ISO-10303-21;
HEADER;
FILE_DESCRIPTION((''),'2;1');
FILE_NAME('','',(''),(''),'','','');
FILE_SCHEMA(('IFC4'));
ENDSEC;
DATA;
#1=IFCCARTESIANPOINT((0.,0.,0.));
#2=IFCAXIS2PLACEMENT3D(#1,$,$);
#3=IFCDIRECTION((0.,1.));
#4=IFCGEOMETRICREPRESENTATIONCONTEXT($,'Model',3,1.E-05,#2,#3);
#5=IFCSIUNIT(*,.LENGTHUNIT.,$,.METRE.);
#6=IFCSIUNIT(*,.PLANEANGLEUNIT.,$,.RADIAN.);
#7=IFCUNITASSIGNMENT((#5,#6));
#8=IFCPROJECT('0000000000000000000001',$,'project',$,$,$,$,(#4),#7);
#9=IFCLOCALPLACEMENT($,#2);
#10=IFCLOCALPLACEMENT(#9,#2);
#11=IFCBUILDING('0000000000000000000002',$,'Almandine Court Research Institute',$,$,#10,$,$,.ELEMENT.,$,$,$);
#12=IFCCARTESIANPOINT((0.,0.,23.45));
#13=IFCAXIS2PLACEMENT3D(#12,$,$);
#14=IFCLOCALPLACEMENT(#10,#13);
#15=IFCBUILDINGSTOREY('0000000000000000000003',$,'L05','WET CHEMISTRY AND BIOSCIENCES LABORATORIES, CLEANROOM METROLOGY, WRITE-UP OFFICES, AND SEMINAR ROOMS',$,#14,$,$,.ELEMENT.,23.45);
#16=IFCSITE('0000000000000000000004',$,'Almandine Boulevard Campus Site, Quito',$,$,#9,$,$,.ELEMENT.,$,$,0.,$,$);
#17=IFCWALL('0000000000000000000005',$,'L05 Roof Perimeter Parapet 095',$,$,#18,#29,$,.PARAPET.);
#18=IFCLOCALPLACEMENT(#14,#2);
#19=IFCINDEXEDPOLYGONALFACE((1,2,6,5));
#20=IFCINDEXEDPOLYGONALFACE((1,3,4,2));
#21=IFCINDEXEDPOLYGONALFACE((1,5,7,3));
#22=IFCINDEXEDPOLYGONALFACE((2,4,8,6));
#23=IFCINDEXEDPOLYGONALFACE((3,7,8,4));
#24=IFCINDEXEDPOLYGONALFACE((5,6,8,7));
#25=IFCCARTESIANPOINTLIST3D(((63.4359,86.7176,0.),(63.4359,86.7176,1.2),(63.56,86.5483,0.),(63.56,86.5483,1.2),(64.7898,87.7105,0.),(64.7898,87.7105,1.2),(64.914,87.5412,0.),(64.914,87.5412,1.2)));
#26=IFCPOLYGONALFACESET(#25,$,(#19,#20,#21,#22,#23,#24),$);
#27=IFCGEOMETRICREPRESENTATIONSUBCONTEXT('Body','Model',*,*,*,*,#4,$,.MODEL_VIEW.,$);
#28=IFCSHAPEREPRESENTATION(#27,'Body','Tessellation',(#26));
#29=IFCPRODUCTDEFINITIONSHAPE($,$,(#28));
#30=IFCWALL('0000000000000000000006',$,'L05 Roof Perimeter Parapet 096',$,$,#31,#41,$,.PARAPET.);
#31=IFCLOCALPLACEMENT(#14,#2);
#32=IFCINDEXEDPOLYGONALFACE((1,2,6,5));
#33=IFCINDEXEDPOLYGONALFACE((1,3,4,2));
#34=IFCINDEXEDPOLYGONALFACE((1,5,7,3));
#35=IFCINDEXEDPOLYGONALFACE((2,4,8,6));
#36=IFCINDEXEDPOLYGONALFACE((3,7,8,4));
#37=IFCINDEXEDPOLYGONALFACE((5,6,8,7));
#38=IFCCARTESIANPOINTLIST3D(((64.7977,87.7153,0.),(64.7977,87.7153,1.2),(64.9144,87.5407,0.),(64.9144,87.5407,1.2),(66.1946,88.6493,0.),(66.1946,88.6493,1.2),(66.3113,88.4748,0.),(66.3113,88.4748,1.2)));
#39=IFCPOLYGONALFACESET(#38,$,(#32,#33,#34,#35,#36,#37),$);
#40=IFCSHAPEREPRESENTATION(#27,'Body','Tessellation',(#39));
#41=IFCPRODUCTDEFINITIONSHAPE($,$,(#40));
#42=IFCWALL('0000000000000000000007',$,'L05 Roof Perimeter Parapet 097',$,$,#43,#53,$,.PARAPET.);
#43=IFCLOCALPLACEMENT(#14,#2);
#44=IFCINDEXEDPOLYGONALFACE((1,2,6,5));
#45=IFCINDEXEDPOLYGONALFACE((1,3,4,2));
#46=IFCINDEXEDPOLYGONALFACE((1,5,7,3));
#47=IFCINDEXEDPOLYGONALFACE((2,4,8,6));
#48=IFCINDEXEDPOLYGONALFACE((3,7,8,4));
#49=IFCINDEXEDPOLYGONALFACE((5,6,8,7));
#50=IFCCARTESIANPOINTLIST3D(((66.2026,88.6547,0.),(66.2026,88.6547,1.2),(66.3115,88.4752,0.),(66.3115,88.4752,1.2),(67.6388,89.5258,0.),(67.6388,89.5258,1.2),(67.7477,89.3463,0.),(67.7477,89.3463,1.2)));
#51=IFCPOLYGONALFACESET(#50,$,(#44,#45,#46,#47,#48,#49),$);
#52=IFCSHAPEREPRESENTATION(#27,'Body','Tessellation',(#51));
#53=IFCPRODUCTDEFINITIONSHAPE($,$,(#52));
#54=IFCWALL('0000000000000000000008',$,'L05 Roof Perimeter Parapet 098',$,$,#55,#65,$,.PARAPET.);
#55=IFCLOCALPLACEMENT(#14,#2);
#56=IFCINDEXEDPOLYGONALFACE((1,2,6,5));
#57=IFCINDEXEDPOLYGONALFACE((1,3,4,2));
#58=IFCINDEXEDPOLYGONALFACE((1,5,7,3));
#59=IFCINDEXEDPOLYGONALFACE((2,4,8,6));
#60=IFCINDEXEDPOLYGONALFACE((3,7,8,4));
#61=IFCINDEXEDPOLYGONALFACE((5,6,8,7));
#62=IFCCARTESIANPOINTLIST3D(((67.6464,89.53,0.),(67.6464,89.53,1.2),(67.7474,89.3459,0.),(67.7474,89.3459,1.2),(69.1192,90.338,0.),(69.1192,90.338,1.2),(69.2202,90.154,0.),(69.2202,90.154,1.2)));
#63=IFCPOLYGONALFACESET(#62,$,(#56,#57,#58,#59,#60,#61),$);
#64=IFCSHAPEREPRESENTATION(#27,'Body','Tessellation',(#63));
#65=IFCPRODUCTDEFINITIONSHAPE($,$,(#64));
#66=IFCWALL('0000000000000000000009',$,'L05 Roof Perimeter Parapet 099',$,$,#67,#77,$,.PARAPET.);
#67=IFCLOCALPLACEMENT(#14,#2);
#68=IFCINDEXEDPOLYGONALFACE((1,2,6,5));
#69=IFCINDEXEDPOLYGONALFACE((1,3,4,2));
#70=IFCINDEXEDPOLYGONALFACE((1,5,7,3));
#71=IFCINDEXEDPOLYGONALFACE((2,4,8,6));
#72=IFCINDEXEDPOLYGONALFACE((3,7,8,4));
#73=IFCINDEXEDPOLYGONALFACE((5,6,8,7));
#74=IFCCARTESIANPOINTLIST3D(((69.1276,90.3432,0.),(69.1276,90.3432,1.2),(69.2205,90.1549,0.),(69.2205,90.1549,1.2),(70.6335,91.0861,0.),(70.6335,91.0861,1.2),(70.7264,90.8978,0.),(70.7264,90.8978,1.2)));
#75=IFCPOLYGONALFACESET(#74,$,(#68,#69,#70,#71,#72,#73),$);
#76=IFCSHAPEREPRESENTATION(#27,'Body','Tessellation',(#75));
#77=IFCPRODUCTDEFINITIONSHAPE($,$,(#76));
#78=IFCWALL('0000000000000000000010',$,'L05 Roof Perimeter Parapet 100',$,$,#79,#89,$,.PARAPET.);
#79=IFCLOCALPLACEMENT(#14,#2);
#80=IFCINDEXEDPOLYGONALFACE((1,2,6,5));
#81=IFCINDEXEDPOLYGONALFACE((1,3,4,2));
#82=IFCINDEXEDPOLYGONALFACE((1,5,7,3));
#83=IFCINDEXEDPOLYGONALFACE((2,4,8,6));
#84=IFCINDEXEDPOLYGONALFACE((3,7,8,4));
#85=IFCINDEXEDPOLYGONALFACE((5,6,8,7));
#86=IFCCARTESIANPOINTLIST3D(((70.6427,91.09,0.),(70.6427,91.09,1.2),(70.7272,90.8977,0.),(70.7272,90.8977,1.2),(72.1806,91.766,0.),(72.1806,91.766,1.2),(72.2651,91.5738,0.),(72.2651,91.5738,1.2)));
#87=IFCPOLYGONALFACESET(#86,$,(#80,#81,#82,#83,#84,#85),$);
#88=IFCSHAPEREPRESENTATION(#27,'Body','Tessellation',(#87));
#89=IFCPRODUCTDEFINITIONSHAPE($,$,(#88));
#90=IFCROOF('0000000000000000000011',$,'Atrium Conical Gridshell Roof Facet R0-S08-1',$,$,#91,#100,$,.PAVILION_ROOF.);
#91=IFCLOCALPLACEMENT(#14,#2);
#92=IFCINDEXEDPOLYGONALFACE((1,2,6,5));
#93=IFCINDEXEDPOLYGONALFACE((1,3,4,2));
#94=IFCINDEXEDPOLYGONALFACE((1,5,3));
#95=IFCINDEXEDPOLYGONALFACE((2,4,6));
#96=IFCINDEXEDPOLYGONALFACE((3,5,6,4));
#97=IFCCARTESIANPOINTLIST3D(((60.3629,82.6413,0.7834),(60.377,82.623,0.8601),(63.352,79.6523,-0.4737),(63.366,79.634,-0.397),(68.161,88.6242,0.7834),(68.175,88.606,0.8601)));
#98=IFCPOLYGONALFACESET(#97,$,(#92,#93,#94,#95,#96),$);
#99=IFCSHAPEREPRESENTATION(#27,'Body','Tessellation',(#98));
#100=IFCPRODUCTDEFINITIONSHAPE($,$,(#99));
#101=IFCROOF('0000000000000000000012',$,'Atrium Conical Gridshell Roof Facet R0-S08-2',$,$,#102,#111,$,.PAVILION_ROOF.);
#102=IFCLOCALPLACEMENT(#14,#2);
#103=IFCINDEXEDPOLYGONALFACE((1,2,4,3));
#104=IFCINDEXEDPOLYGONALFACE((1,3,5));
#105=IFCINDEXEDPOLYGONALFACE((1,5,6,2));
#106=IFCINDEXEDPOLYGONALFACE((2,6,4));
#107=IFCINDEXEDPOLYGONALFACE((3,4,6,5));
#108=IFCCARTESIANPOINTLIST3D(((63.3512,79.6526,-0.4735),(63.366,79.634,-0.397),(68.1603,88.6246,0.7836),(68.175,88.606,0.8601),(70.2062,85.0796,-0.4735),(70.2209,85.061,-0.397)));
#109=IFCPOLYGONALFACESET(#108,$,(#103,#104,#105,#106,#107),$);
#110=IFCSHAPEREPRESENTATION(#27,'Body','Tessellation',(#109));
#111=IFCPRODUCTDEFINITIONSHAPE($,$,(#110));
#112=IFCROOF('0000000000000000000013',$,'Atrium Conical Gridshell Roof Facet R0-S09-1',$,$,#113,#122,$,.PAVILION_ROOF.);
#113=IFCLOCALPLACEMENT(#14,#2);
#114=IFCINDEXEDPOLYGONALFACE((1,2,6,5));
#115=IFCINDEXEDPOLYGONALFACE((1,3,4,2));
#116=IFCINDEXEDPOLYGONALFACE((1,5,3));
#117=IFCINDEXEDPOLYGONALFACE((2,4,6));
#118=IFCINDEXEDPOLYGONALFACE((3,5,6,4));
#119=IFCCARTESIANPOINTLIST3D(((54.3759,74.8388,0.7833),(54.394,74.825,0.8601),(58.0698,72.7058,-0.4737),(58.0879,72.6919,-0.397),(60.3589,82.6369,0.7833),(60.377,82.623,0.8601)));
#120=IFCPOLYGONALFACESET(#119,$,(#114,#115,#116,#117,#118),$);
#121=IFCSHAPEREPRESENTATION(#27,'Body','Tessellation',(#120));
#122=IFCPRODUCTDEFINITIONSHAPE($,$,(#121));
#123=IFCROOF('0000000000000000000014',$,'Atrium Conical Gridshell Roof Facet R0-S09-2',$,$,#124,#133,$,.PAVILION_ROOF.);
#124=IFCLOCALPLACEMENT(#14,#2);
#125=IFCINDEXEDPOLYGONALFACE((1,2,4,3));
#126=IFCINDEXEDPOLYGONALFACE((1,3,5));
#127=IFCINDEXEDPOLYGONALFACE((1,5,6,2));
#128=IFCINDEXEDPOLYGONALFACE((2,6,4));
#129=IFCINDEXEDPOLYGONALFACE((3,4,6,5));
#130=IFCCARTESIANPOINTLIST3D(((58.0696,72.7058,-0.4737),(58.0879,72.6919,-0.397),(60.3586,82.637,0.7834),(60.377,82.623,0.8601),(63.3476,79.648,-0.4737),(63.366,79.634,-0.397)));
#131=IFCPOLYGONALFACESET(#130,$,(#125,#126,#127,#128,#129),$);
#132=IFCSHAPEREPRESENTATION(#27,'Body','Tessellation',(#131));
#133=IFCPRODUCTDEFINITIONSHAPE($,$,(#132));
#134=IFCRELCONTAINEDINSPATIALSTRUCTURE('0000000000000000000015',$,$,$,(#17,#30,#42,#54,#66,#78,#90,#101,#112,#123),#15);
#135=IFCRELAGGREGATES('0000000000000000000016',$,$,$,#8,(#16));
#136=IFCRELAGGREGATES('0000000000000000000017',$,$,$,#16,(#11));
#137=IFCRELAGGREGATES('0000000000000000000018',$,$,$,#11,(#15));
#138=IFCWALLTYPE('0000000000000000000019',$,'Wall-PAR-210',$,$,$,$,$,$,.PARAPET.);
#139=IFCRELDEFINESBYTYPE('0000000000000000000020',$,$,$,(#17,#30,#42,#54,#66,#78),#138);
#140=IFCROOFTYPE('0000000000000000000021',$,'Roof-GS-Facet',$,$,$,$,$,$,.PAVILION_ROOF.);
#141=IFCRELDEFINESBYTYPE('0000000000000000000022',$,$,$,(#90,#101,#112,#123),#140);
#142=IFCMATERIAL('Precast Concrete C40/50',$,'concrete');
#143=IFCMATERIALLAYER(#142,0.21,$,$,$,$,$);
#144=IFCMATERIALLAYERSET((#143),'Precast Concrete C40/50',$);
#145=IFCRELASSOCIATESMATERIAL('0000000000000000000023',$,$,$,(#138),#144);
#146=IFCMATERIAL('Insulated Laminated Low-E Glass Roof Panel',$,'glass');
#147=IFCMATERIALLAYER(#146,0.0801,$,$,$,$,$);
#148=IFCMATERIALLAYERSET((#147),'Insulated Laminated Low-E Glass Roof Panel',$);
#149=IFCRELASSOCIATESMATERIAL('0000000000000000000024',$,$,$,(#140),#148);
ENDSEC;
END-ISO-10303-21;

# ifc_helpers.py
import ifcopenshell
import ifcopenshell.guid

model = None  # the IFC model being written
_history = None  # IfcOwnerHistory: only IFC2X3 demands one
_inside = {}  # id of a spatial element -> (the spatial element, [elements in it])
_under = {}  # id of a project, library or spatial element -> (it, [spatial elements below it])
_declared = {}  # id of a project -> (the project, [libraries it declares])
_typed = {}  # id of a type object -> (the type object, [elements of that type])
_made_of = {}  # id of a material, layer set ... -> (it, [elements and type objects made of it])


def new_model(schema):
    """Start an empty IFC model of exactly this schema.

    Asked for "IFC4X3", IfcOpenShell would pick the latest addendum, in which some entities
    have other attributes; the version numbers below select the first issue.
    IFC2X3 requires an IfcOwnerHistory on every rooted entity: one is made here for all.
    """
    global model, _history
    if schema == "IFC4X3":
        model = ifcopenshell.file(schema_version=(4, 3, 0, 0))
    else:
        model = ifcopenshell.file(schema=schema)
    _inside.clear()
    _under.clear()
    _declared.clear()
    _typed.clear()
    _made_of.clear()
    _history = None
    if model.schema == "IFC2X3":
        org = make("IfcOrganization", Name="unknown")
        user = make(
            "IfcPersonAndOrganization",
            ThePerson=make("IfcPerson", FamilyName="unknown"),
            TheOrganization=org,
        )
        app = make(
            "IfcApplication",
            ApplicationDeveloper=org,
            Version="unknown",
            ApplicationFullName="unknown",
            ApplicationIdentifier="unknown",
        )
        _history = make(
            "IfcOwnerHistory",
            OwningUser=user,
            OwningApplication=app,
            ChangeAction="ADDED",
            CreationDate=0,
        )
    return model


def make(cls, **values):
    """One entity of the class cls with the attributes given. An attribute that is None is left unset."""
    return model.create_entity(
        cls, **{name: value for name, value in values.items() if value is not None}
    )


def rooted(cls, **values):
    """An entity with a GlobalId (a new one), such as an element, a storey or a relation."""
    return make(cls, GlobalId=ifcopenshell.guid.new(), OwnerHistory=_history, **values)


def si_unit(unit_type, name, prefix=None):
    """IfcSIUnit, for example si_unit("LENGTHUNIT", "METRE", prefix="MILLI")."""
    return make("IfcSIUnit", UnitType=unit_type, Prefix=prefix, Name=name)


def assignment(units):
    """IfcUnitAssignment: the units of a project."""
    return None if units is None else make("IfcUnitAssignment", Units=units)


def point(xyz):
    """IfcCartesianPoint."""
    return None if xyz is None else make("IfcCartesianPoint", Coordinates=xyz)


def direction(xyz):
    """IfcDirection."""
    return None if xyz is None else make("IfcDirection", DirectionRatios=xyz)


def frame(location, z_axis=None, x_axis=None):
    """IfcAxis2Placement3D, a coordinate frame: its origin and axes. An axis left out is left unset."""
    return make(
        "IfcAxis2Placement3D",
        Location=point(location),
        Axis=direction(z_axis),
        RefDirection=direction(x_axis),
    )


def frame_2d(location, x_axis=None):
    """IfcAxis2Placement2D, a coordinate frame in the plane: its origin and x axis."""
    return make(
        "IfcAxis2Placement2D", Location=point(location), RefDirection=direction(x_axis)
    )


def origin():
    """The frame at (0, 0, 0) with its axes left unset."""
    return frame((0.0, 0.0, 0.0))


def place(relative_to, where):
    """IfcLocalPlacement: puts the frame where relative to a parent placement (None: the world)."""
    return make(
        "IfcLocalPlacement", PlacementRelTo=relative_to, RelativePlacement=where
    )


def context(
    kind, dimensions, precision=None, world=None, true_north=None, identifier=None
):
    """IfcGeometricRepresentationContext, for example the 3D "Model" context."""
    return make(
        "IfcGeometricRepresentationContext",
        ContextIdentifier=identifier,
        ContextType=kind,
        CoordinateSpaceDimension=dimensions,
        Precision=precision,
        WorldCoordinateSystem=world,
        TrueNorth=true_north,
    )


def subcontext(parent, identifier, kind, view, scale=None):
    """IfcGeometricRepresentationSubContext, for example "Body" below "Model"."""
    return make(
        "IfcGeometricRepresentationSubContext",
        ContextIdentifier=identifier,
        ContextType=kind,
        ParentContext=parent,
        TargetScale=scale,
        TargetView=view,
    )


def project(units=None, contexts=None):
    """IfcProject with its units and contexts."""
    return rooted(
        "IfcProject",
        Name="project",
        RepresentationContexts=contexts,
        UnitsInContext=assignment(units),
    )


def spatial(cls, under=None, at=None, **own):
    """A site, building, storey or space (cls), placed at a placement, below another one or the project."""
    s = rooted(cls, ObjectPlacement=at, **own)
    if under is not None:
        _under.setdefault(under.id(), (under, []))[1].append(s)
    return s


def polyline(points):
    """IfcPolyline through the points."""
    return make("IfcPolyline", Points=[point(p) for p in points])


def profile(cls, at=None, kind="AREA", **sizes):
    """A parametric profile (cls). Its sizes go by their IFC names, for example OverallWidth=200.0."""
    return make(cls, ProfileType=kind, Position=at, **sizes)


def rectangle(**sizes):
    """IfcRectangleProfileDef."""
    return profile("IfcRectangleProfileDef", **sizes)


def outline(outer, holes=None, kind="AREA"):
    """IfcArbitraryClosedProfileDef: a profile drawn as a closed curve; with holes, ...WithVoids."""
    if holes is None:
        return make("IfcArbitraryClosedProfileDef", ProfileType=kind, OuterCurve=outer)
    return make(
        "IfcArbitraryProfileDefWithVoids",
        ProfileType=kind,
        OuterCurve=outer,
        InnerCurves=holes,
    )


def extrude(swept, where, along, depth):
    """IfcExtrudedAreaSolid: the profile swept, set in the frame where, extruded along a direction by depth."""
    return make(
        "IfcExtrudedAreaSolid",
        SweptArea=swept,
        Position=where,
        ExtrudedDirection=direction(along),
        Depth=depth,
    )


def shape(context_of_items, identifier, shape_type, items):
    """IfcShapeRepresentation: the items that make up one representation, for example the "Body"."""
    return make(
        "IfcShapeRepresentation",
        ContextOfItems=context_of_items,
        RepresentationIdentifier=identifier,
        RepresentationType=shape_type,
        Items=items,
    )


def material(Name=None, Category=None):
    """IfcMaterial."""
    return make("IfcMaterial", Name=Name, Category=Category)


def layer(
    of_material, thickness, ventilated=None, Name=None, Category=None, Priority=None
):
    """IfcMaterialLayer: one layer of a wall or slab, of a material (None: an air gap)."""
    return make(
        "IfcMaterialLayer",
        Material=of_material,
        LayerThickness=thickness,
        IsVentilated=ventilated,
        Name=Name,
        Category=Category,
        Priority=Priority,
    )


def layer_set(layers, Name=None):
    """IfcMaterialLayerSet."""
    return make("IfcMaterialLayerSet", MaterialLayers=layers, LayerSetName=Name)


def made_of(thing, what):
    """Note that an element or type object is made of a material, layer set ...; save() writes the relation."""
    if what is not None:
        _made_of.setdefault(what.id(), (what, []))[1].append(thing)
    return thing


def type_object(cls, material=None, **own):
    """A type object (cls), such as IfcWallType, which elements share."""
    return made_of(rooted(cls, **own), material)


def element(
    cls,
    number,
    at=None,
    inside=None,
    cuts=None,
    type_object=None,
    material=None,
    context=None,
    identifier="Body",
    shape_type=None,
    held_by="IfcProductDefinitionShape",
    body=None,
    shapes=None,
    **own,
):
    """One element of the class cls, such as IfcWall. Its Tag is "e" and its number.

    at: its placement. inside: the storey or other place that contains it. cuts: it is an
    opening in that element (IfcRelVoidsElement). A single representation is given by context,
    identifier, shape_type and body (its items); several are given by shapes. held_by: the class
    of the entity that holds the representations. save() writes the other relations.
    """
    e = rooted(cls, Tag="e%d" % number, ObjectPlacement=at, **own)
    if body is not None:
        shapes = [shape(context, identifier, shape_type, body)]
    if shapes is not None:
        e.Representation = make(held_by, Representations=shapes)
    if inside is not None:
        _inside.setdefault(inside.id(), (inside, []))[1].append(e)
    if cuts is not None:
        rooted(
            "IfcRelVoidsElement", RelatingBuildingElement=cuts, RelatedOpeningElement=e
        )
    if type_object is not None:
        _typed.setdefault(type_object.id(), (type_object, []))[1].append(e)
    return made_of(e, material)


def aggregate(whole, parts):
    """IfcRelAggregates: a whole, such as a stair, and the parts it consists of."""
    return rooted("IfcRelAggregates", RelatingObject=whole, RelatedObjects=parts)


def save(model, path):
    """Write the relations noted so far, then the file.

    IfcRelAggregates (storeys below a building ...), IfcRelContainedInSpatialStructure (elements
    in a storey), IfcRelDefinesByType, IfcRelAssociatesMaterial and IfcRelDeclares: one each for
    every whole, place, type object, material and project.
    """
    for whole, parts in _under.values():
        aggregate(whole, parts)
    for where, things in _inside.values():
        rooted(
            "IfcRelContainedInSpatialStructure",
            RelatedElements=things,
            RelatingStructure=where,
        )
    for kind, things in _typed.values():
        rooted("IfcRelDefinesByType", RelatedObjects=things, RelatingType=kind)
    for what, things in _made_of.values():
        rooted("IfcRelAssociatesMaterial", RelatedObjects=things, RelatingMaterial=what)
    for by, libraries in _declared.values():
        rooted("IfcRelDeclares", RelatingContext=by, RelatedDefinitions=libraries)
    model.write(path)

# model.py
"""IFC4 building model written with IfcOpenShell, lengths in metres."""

from ifc_helpers import new_model, si_unit, direction, frame, frame_2d, origin, place, context, subcontext, project, spatial, polyline, rectangle, outline, extrude, material, layer, layer_set, type_object, element, save


model = new_model("IFC4")

# Units and contexts
model_context = context("Model", 3, precision=1e-05, world=origin(), true_north=direction((0.0, 1.0)))
body_context = subcontext(model_context, "Body", "Model", "MODEL_VIEW")
ifc_project = project(units=[si_unit("LENGTHUNIT", "METRE"), si_unit("PLANEANGLEUNIT", "RADIAN")], contexts=[model_context])

# Site, building, storey
site_placement = place(None, origin())
site = spatial("IfcSite", under=ifc_project, at=site_placement, Name="Almandine Boulevard Campus Site, Quito", CompositionType="ELEMENT", RefElevation=0.0)
building_placement = place(site_placement, origin())
building = spatial("IfcBuilding", under=site, at=building_placement, Name="Almandine Court Research Institute", CompositionType="ELEMENT")
storey_placement = place(building_placement, frame((0.0, 0.0, 23.45)))
storey = spatial("IfcBuildingStorey", under=building, at=storey_placement, Name="L05", Description="WET CHEMISTRY AND BIOSCIENCES LABORATORIES, CLEANROOM METROLOGY, WRITE-UP OFFICES, AND SEMINAR ROOMS", CompositionType="ELEMENT", Elevation=23.45)

# Walls
ifc_material_1 = material(Name="Precast Concrete C40/50", Category="concrete")
ifc_layer_1 = layer(ifc_material_1, 0.21)
ifc_layer_set_1 = layer_set([ifc_layer_1], Name="Precast Concrete C40/50")
wall_type = type_object("IfcWallType", Name="Wall-PAR-210", PredefinedType="PARAPET", material=ifc_layer_set_1)
wall_1_placement = place(storey_placement, frame((63.498, 86.6331, 0.0), z_axis=(0.0, 0.0, 1.0), x_axis=(0.80641, 0.591357, 0.0)))
element("IfcWall", 1, at=wall_1_placement, inside=storey, type_object=wall_type, Name="L05 Roof Perimeter Parapet 095", PredefinedType="PARAPET", context=body_context, shape_type="SweptSolid", body=[
    extrude(rectangle(XDim=1.679, YDim=0.21, at=frame_2d((0.8394, 0.0))), origin(), (0.0, 0.0, 1.0), 1.2),
])
wall_2_placement = place(storey_placement, frame((64.856, 87.6279, 0.0), z_axis=(0.0, 0.0, 1.0), x_axis=(0.83129, 0.55584, 0.0)))
element("IfcWall", 2, at=wall_2_placement, inside=storey, type_object=wall_type, Name="L05 Roof Perimeter Parapet 096", PredefinedType="PARAPET", context=body_context, shape_type="SweptSolid", body=[
    extrude(rectangle(XDim=1.6804, YDim=0.21, at=frame_2d((0.8403, 0.0))), origin(), (0.0, 0.0, 1.0), 1.2),
])
wall_3_placement = place(storey_placement, frame((66.2571, 88.5649, 0.0), z_axis=(0.0, 0.0, 1.0), x_axis=(0.854995, 0.518637, 0.0)))
element("IfcWall", 3, at=wall_3_placement, inside=storey, type_object=wall_type, Name="L05 Roof Perimeter Parapet 097", PredefinedType="PARAPET", context=body_context, shape_type="SweptSolid", body=[
    extrude(rectangle(XDim=1.6797, YDim=0.21, at=frame_2d((0.8398, 0.0))), origin(), (0.0, 0.0, 1.0), 1.2),
])
wall_4_placement = place(storey_placement, frame((67.697, 89.438, 0.0), z_axis=(0.0, 0.0, 1.0), x_axis=(0.876716, 0.481009, 0.0)))
element("IfcWall", 4, at=wall_4_placement, inside=storey, type_object=wall_type, Name="L05 Roof Perimeter Parapet 098", PredefinedType="PARAPET", context=body_context, shape_type="SweptSolid", body=[
    extrude(rectangle(XDim=1.6799, YDim=0.21, at=frame_2d((0.8398, 0.0))), origin(), (0.0, 0.0, 1.0), 1.2),
])
wall_5_placement = place(storey_placement, frame((69.1741, 90.249, 0.0), z_axis=(0.0, 0.0, 1.0), x_axis=(0.896799, 0.442438, 0.0)))
element("IfcWall", 5, at=wall_5_placement, inside=storey, type_object=wall_type, Name="L05 Roof Perimeter Parapet 099", PredefinedType="PARAPET", context=body_context, shape_type="SweptSolid", body=[
    extrude(rectangle(XDim=1.6792, YDim=0.21, at=frame_2d((0.8396, 0.0))), origin(), (0.0, 0.0, 1.0), 1.2),
])
wall_6_placement = place(storey_placement, frame((70.6851, 90.9939, 0.0), z_axis=(0.0, 0.0, 1.0), x_axis=(0.915452, 0.402427, 0.0)))
element("IfcWall", 6, at=wall_6_placement, inside=storey, type_object=wall_type, Name="L05 Roof Perimeter Parapet 100", PredefinedType="PARAPET", context=body_context, shape_type="SweptSolid", body=[
    extrude(rectangle(XDim=1.6799, YDim=0.21, at=frame_2d((0.8398, 0.0))), origin(), (0.0, 0.0, 1.0), 1.2),
])

# Roofs
ifc_material_2 = material(Name="Insulated Laminated Low-E Glass Roof Panel", Category="glass")
ifc_layer_2 = layer(ifc_material_2, 0.0801)
ifc_layer_set_2 = layer_set([ifc_layer_2], Name="Insulated Laminated Low-E Glass Roof Panel")
roof_type = type_object("IfcRoofType", Name="Roof-GS-Facet", PredefinedType="PAVILION_ROOF", material=ifc_layer_set_2)
roof_1_placement = place(storey_placement, frame((68.175, 88.606, 0.8601), z_axis=(0.174888, -0.227948, 0.957838), x_axis=(-0.793392, -0.608712, 0.0)))
element("IfcRoof", 7, at=roof_1_placement, inside=storey, type_object=roof_type, Name="Atrium Conical Gridshell Roof Facet R0-S08-1", PredefinedType="PAVILION_ROOF", context=body_context, shape_type="SweptSolid", body=[
    extrude(outline(polyline([(0.0, 0.0), (9.8288, 0.0), (9.2768, 4.3754), (0.0, 0.0)])), origin(), (0.0, 0.0, -1.0), 0.0801),
])
roof_2_placement = place(storey_placement, frame((68.175, 88.606, 0.8601), z_axis=(0.184034, -0.232457, 0.955037), x_axis=(-0.468865, -0.874725, -0.12256)))
element("IfcRoof", 8, at=roof_2_placement, inside=storey, type_object=roof_type, Name="Atrium Conical Gridshell Roof Facet R0-S08-2", PredefinedType="PAVILION_ROOF", context=body_context, shape_type="SweptSolid", body=[
    extrude(outline(polyline([(0.0, 0.0), (10.2568, 0.0), (2.2956, 3.6142), (0.0, 0.0)])), origin(), (0.0, 0.0, -1.0), 0.0801),
])
roof_3_placement = place(storey_placement, frame((60.377, 82.623, 0.8601), z_axis=(0.226057, -0.173437, 0.95855), x_axis=(-0.608712, -0.793392, 0.0)))
element("IfcRoof", 9, at=roof_3_placement, inside=storey, type_object=roof_type, Name="Atrium Conical Gridshell Roof Facet R0-S09-1", PredefinedType="PAVILION_ROOF", context=body_context, shape_type="SweptSolid", body=[
    extrude(outline(polyline([(0.0, 0.0), (9.8288, 0.0), (9.2727, 4.412), (0.0, 0.0)])), origin(), (0.0, 0.0, -1.0), 0.0801),
])
roof_4_placement = place(storey_placement, frame((60.377, 82.623, 0.8601), z_axis=(0.228834, -0.173981, 0.957792), x_axis=(-0.222915, -0.967121, -0.122418)))
element("IfcRoof", 10, at=roof_4_placement, inside=storey, type_object=roof_type, Name="Atrium Conical Gridshell Roof Facet R0-S09-2", PredefinedType="PAVILION_ROOF", context=body_context, shape_type="SweptSolid", body=[
    extrude(outline(polyline([(0.0, 0.0), (10.2688, 0.0), (2.3783, 3.7138), (0.0, 0.0)])), origin(), (0.0, 0.0, -1.0), 0.0801),
])

save(model, "model.ifc")
